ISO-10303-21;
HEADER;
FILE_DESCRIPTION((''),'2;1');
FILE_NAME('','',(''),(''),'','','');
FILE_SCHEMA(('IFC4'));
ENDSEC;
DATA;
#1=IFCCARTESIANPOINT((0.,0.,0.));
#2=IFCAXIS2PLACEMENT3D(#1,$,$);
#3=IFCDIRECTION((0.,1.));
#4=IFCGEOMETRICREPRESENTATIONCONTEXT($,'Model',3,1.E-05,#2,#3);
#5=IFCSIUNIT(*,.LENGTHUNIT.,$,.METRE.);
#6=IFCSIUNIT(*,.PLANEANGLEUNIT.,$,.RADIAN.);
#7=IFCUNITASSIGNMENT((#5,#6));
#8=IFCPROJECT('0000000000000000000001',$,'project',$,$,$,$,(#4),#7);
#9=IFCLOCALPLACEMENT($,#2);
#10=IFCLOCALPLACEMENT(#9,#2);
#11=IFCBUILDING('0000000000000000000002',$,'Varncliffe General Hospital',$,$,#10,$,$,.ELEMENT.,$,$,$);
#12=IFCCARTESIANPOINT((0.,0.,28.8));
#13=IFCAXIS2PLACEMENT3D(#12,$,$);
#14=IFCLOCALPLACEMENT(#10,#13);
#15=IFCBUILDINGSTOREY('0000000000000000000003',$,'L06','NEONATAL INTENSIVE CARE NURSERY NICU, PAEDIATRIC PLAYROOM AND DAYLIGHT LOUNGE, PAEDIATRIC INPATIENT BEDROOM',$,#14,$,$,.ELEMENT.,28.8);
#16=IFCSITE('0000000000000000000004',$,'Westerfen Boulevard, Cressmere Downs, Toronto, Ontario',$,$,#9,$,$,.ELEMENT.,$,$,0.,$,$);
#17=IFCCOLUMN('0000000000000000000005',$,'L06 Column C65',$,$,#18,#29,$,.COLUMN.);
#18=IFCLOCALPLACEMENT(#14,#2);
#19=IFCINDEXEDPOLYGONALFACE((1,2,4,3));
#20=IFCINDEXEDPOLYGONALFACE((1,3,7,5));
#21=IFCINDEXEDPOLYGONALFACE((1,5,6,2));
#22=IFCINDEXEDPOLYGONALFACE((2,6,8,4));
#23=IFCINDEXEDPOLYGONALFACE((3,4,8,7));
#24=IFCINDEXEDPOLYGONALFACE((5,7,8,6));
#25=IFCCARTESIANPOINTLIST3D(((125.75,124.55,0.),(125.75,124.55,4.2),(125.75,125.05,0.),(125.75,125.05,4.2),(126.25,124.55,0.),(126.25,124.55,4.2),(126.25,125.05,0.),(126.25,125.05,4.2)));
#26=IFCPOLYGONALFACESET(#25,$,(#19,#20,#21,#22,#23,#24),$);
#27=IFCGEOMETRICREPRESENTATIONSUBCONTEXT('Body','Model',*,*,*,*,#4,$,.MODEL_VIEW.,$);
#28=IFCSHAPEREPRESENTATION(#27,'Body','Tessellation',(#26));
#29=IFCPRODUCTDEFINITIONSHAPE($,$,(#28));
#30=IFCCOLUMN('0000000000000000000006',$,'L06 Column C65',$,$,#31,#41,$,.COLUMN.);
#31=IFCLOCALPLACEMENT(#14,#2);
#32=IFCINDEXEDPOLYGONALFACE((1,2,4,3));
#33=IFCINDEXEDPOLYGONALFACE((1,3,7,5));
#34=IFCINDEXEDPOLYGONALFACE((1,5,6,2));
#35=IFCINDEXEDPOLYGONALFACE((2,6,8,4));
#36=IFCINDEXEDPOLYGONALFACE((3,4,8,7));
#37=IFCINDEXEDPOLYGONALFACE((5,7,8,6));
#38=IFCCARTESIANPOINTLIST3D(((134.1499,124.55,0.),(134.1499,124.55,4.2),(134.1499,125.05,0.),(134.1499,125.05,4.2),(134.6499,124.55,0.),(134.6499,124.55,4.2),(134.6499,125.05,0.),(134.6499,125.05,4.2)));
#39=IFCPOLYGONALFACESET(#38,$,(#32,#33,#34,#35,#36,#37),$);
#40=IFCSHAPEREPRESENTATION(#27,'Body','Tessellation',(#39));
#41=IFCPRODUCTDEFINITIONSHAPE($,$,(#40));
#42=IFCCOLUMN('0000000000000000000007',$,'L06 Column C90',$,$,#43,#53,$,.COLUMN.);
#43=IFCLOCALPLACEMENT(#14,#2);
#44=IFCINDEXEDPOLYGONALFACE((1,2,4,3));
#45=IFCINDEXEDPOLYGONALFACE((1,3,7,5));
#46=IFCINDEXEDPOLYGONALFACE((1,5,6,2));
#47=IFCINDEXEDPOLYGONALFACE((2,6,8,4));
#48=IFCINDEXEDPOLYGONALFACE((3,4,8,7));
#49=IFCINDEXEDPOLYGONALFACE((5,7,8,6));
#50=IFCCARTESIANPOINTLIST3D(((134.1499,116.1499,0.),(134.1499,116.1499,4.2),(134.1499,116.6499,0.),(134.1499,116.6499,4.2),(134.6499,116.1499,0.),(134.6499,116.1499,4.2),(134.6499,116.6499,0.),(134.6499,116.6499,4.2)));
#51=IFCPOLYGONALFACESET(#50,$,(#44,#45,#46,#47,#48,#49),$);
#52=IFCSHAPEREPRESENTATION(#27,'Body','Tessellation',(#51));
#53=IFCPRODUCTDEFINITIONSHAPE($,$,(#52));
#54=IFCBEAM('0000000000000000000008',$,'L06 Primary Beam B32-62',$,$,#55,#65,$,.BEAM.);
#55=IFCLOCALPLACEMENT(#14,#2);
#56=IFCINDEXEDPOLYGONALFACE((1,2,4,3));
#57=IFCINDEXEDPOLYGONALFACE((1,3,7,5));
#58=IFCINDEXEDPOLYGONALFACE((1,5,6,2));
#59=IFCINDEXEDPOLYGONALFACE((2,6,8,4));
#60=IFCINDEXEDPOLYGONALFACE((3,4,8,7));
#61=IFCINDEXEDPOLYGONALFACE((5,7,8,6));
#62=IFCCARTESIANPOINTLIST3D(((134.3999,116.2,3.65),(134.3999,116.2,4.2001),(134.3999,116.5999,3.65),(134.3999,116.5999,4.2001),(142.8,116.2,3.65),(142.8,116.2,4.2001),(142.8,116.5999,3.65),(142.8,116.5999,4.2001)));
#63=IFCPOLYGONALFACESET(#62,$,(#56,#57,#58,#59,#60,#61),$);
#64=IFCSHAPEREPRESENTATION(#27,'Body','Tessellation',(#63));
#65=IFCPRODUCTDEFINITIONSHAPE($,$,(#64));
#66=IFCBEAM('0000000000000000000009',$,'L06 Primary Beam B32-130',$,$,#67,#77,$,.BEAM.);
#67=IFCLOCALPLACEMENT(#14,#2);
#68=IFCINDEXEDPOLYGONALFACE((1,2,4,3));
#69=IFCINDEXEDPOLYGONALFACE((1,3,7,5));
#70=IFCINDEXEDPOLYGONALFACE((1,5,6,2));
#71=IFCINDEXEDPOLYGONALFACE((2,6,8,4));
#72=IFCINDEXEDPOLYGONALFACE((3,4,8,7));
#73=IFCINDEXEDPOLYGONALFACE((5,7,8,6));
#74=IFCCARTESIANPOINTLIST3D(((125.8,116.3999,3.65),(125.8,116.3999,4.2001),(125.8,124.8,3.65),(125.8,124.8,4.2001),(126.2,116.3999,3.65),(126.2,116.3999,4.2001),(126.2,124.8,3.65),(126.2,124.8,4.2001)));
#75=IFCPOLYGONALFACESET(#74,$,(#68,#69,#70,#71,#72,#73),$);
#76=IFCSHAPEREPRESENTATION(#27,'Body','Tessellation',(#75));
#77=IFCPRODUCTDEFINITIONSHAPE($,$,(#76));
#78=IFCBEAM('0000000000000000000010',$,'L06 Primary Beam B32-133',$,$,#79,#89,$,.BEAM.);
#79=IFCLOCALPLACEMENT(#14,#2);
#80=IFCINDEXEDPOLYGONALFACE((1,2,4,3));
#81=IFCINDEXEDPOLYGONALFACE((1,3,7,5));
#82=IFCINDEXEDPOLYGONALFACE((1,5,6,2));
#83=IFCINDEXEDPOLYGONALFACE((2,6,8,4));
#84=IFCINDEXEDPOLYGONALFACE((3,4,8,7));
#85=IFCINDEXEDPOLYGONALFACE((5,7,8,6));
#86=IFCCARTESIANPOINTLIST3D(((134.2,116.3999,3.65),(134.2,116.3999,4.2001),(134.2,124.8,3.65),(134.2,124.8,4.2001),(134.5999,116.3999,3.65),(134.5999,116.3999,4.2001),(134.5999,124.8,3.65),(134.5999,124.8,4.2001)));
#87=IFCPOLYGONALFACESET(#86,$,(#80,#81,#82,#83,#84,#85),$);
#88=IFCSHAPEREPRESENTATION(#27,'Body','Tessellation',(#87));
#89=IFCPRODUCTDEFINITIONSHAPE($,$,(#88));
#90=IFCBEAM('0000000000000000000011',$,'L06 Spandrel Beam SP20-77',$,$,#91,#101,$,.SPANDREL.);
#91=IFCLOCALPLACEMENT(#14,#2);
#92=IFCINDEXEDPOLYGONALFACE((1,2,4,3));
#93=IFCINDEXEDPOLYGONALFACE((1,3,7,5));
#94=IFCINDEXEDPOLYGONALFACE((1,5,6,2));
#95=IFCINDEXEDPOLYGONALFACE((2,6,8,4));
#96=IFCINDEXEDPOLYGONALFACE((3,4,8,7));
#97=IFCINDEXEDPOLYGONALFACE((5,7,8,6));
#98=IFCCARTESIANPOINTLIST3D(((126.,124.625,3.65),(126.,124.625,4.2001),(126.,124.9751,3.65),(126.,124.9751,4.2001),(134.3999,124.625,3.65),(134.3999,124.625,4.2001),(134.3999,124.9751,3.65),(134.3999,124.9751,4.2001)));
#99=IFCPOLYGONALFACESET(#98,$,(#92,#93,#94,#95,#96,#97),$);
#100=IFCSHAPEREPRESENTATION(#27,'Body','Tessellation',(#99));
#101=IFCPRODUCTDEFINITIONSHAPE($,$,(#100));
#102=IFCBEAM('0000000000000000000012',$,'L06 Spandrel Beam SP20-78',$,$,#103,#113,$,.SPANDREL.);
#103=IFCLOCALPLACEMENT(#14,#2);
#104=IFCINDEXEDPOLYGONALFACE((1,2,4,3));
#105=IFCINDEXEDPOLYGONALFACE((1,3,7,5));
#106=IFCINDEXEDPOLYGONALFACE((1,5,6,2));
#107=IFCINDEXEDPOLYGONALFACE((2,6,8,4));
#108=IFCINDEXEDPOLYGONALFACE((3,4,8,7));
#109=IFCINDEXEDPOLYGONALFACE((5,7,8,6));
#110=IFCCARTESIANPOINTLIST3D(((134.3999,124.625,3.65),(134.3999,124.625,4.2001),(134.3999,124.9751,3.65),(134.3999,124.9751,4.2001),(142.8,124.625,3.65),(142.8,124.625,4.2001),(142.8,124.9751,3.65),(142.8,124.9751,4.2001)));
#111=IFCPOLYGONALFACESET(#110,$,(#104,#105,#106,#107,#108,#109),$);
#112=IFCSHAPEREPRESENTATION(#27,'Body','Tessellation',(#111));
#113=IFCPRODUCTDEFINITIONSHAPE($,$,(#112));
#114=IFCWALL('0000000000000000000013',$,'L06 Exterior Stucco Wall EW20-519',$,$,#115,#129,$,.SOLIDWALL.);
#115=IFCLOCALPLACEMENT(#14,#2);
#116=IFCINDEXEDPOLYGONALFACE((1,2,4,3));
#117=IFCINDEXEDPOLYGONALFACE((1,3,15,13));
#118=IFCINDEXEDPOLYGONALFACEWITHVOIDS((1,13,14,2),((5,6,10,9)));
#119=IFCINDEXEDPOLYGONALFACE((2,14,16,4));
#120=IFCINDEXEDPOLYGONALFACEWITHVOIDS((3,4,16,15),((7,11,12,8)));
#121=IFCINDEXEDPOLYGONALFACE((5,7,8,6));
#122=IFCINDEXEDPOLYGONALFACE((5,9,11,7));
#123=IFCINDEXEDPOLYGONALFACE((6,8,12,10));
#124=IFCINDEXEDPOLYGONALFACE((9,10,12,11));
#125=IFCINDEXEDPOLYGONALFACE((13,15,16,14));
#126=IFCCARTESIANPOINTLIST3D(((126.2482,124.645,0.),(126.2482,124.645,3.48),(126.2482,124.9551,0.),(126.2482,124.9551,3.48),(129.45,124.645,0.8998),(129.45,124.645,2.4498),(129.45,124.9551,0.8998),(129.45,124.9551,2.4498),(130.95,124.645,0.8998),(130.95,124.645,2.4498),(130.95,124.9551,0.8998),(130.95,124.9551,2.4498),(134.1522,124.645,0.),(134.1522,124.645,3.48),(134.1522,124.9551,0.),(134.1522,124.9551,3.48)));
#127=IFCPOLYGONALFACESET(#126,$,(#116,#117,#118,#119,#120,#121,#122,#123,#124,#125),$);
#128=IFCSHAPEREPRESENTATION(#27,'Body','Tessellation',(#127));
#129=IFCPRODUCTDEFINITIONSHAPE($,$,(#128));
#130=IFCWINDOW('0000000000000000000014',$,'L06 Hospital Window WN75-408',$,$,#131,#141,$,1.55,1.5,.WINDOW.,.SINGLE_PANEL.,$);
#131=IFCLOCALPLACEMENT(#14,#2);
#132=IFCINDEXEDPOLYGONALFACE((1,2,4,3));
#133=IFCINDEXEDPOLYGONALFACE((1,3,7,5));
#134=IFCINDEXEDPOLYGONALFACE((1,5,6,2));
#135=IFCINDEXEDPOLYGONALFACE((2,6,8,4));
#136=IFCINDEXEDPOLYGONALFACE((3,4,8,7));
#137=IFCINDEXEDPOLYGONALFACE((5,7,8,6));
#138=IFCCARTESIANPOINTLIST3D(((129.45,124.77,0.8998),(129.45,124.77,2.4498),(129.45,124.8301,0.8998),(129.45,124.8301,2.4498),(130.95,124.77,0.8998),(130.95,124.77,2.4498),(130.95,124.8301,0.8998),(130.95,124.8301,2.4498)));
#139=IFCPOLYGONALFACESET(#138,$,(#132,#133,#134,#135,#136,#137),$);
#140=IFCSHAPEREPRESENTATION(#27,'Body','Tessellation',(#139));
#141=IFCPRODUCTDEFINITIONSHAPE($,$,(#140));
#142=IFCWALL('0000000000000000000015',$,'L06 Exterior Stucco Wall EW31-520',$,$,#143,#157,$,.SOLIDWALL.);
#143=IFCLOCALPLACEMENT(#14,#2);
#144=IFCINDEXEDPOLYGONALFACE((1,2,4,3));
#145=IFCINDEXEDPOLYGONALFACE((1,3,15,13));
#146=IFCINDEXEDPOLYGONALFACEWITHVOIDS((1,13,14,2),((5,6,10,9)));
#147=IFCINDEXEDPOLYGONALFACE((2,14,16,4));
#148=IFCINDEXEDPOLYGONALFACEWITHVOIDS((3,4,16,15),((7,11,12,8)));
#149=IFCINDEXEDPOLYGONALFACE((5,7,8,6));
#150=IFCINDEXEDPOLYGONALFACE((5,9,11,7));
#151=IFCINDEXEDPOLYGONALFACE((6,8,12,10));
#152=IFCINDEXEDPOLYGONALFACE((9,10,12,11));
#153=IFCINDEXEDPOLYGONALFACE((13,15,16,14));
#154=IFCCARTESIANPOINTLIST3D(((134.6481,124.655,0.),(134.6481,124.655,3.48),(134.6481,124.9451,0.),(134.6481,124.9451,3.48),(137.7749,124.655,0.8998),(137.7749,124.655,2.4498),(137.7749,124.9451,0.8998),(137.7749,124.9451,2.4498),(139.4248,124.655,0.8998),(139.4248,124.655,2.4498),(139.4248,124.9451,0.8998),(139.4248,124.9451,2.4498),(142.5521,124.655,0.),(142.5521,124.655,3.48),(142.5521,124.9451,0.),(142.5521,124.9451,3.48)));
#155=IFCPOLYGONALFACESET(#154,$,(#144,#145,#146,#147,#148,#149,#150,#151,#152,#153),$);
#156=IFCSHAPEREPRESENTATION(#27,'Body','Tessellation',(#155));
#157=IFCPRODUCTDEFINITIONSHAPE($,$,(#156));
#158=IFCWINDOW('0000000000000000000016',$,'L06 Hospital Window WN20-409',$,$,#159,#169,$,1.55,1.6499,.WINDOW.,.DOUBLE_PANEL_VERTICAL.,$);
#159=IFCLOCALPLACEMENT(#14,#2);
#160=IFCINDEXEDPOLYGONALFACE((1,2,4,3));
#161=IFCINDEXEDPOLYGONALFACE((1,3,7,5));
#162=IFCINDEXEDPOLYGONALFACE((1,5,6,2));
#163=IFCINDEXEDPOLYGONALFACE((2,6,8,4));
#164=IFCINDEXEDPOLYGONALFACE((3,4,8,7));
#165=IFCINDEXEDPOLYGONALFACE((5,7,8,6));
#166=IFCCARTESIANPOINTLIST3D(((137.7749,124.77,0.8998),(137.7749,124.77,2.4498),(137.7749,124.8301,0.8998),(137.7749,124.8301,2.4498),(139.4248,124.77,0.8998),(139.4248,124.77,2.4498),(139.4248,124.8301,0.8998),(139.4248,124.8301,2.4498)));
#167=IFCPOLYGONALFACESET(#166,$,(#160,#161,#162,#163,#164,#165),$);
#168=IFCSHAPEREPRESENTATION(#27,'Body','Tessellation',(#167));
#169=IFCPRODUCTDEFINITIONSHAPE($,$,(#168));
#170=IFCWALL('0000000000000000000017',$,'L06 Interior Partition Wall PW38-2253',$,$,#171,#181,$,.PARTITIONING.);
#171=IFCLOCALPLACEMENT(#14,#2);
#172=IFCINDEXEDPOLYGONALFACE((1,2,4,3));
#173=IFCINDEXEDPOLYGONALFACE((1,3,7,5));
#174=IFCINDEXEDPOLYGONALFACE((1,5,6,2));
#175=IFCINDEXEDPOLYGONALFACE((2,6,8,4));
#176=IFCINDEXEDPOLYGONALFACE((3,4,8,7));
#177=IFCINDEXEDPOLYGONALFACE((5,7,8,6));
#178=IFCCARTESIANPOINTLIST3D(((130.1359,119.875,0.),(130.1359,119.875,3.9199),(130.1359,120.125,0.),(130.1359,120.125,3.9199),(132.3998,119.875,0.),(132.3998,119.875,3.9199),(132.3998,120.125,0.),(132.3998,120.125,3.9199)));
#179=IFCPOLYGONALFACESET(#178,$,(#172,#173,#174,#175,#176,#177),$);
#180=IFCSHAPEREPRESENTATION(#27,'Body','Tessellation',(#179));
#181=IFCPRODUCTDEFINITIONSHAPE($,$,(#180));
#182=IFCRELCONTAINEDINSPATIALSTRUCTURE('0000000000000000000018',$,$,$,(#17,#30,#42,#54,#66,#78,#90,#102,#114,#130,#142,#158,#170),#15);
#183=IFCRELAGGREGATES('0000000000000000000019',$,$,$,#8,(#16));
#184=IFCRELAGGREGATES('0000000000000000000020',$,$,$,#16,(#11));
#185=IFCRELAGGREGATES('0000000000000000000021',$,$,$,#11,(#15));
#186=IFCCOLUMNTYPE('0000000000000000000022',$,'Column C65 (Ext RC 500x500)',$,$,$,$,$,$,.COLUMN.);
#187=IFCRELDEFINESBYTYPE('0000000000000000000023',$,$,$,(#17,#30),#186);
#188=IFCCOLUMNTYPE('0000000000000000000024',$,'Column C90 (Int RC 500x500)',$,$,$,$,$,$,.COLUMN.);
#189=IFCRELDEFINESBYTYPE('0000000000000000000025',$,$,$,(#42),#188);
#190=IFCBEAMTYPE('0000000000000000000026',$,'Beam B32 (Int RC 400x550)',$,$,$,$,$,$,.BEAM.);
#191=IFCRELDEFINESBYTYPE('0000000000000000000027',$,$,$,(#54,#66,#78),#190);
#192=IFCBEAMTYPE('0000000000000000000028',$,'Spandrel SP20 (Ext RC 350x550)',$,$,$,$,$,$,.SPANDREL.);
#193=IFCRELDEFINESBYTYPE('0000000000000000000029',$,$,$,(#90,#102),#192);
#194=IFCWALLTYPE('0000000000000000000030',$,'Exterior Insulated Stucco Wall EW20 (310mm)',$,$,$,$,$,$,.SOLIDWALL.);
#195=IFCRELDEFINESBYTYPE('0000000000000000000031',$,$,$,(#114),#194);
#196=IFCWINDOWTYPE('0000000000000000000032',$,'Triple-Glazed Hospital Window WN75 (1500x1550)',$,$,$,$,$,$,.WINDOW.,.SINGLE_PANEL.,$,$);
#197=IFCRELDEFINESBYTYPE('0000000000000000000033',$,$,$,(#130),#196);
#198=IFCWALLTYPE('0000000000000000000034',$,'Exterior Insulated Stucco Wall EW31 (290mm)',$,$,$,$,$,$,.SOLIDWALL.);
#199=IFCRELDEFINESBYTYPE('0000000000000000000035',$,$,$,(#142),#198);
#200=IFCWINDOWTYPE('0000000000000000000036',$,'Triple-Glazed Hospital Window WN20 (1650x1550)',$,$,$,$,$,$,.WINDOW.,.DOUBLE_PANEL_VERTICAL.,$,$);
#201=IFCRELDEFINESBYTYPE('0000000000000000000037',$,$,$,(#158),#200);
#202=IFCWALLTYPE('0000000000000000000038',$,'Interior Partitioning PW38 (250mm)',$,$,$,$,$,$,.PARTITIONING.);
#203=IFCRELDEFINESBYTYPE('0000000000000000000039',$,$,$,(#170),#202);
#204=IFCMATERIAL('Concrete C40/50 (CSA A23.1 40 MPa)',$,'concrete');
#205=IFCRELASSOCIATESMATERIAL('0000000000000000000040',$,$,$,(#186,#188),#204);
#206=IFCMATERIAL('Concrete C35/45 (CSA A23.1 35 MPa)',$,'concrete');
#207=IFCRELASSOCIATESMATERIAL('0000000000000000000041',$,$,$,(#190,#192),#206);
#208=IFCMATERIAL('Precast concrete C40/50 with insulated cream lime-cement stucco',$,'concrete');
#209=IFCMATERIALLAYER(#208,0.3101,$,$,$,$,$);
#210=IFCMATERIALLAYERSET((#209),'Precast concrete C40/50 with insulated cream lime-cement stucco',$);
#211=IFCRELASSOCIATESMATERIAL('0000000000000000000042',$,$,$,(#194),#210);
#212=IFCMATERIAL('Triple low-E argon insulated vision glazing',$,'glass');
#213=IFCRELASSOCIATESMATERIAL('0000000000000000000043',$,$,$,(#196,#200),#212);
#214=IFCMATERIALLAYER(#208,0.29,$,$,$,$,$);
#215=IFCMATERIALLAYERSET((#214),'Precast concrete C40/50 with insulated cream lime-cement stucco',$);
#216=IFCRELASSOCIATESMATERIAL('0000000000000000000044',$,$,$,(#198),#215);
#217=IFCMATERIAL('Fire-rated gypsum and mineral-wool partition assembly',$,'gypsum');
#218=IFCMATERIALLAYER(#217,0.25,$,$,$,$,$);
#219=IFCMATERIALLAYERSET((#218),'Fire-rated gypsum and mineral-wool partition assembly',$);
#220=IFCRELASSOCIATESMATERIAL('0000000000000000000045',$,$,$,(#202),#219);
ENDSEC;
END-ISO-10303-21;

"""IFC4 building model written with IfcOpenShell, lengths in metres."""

from ifc_helpers import new_model, si_unit, direction, frame, frame_2d, origin, origin_2d, place, context, subcontext, project, spatial, rectangle, extrude, material, layer, layer_set, material_profile, profile_set, type_object, element, fill, save


model = new_model("IFC4")

# Units and contexts
model_context = context("Model", 3, precision=1e-05, world=origin(), true_north=direction((0.0, 1.0)))
body_context = subcontext(model_context, "Body", "Model", "MODEL_VIEW")
ifc_project = project(units=[si_unit("LENGTHUNIT", "METRE"), si_unit("PLANEANGLEUNIT", "RADIAN")], contexts=[model_context])

# Site, building, storey
site_placement = place(None, origin())
site = spatial("IfcSite", under=ifc_project, at=site_placement, Name="Westerfen Boulevard, Cressmere Downs, Toronto, Ontario", CompositionType="ELEMENT", RefElevation=0.0)
building_placement = place(site_placement, origin())
building = spatial("IfcBuilding", under=site, at=building_placement, Name="Varncliffe General Hospital", CompositionType="ELEMENT")
storey_placement = place(building_placement, frame((0.0, 0.0, 28.8)))
storey = spatial("IfcBuildingStorey", under=building, at=storey_placement, Name="L06", Description="NEONATAL INTENSIVE CARE NURSERY NICU, PAEDIATRIC PLAYROOM AND DAYLIGHT LOUNGE, PAEDIATRIC INPATIENT BEDROOM", CompositionType="ELEMENT", Elevation=28.8)

# Columns
ifc_material_1 = material(Name="Concrete C40/50 (CSA A23.1 40 MPa)", Category="concrete")
ifc_material_profile_1 = material_profile(ifc_material_1, rectangle(XDim=0.5, YDim=0.5, at=origin_2d()), Name="RC 500x500")
ifc_profile_set_1 = profile_set([ifc_material_profile_1], Name="Concrete C40/50 (CSA A23.1 40 MPa)")
column_type_1 = type_object("IfcColumnType", Name="Column C65 (Ext RC 500x500)", PredefinedType="COLUMN", material=ifc_profile_set_1)
for number, where, z_axis, x_axis, name in (
    (1, (126.0, 124.8, 0.0), (0.0, 0.0, 1.0), (1.0, 0.0, 0.0), "L06 Column C65"),
    (2, (134.3999, 124.8, 0.0), (0.0, 0.0, 1.0), (1.0, 0.0, 0.0), "L06 Column C65"),
):
    element("IfcColumn", number, at=place(storey_placement, frame(where, z_axis=z_axis, x_axis=x_axis)), inside=storey, type_object=column_type_1, Name=name, PredefinedType="COLUMN", context=body_context, shape_type="SweptSolid", body=[
        extrude(rectangle(XDim=0.5, YDim=0.5, at=origin_2d()), origin(), (0.0, 0.0, 1.0), 4.2),
    ])
ifc_material_profile_2 = material_profile(ifc_material_1, rectangle(XDim=0.5, YDim=0.5, at=origin_2d()), Name="RC 500x500")
ifc_profile_set_2 = profile_set([ifc_material_profile_2], Name="Concrete C40/50 (CSA A23.1 40 MPa)")
column_type_2 = type_object("IfcColumnType", Name="Column C90 (Int RC 500x500)", PredefinedType="COLUMN", material=ifc_profile_set_2)
column_placement = place(storey_placement, frame((134.3999, 116.3999, 0.0), z_axis=(0.0, 0.0, 1.0), x_axis=(1.0, 0.0, 0.0)))
element("IfcColumn", 3, at=column_placement, inside=storey, type_object=column_type_2, Name="L06 Column C90", PredefinedType="COLUMN", context=body_context, shape_type="SweptSolid", body=[
    extrude(rectangle(XDim=0.5, YDim=0.5, at=origin_2d()), origin(), (0.0, 0.0, 1.0), 4.2),
])

# Beams
ifc_material_2 = material(Name="Concrete C35/45 (CSA A23.1 35 MPa)", Category="concrete")
ifc_material_profile_3 = material_profile(ifc_material_2, rectangle(XDim=0.3999, YDim=0.55, at=origin_2d()), Name="RC 400x550")
ifc_profile_set_3 = profile_set([ifc_material_profile_3], Name="Concrete C35/45 (CSA A23.1 35 MPa)")
beam_type_1 = type_object("IfcBeamType", Name="Beam B32 (Int RC 400x550)", PredefinedType="BEAM", material=ifc_profile_set_3)
for number, where, z_axis, x_axis, name in (
    (4, (134.3999, 116.3999, 3.925), (1.0, 0.0, 0.0), (0.0, 1.0, 0.0), "L06 Primary Beam B32-62"),
    (5, (126.0, 116.3999, 3.925), (0.0, 1.0, 0.0), (-1.0, 0.0, 0.0), "L06 Primary Beam B32-130"),
    (6, (134.3999, 116.3999, 3.925), (0.0, 1.0, 0.0), (-1.0, 0.0, 0.0), "L06 Primary Beam B32-133"),
):
    element("IfcBeam", number, at=place(storey_placement, frame(where, z_axis=z_axis, x_axis=x_axis)), inside=storey, type_object=beam_type_1, Name=name, PredefinedType="BEAM", context=body_context, shape_type="SweptSolid", body=[
        extrude(rectangle(XDim=0.3999, YDim=0.55, at=origin_2d()), origin(), (0.0, 0.0, 1.0), 8.4001),
    ])
ifc_material_profile_4 = material_profile(ifc_material_2, rectangle(XDim=0.3501, YDim=0.55, at=origin_2d()), Name="RC 350x550")
ifc_profile_set_4 = profile_set([ifc_material_profile_4], Name="Concrete C35/45 (CSA A23.1 35 MPa)")
beam_type_2 = type_object("IfcBeamType", Name="Spandrel SP20 (Ext RC 350x550)", PredefinedType="SPANDREL", material=ifc_profile_set_4)
beam_1_placement = place(storey_placement, frame((126.0, 124.8, 3.925), z_axis=(1.0, 0.0, 0.0), x_axis=(0.0, 1.0, 0.0)))
element("IfcBeam", 7, at=beam_1_placement, inside=storey, type_object=beam_type_2, Name="L06 Spandrel Beam SP20-77", PredefinedType="SPANDREL", context=body_context, shape_type="SweptSolid", body=[
    extrude(rectangle(XDim=0.3501, YDim=0.55, at=origin_2d()), origin(), (0.0, 0.0, 1.0), 8.3999),
])
beam_2_placement = place(storey_placement, frame((134.3999, 124.8, 3.925), z_axis=(1.0, 0.0, 0.0), x_axis=(0.0, 1.0, 0.0)))
element("IfcBeam", 8, at=beam_2_placement, inside=storey, type_object=beam_type_2, Name="L06 Spandrel Beam SP20-78", PredefinedType="SPANDREL", context=body_context, shape_type="SweptSolid", body=[
    extrude(rectangle(XDim=0.3501, YDim=0.55, at=origin_2d()), origin(), (0.0, 0.0, 1.0), 8.4001),
])

# Walls, openings, windows
ifc_material_3 = material(Name="Precast concrete C40/50 with insulated cream lime-cement stucco", Category="concrete")
ifc_layer_1 = layer(ifc_material_3, 0.3101)
ifc_layer_set_1 = layer_set([ifc_layer_1], Name="Precast concrete C40/50 with insulated cream lime-cement stucco")
wall_type_1 = type_object("IfcWallType", Name="Exterior Insulated Stucco Wall EW20 (310mm)", PredefinedType="SOLIDWALL", material=ifc_layer_set_1)
wall_1_placement = place(storey_placement, frame((126.248, 124.8, 0.0), z_axis=(0.0, 0.0, 1.0), x_axis=(1.0, 0.0, 0.0)))
wall_1 = element("IfcWall", 9, at=wall_1_placement, inside=storey, type_object=wall_type_1, Name="L06 Exterior Stucco Wall EW20-519", PredefinedType="SOLIDWALL", context=body_context, shape_type="SweptSolid", body=[
    extrude(rectangle(XDim=7.9041, YDim=0.3101, at=frame_2d((3.9521, 0.0))), origin(), (0.0, 0.0, 1.0), 3.48),
])
opening_1_placement = place(wall_1_placement, frame((3.2019, 0.0, 0.8999)))
opening_1 = element("IfcOpeningElement", 10, at=opening_1_placement, cuts=wall_1, PredefinedType="OPENING", context=body_context, shape_type="SweptSolid", body=[
    extrude(rectangle(XDim=1.5, YDim=1.55, at=frame_2d((0.75, 0.7749))), frame((0.0, 0.165, 0.0), z_axis=(0.0, -1.0, 0.0), x_axis=(1.0, 0.0, 0.0)), (0.0, 0.0, 1.0), 0.3301),
])
ifc_material_4 = material(Name="Triple low-E argon insulated vision glazing", Category="glass")
window_type_1 = type_object("IfcWindowType", Name="Triple-Glazed Hospital Window WN75 (1500x1550)", PartitioningType="SINGLE_PANEL", PredefinedType="WINDOW", material=ifc_material_4)
window_1_placement = place(opening_1_placement, origin())
window_1 = element("IfcWindow", 11, at=window_1_placement, inside=storey, type_object=window_type_1, Name="L06 Hospital Window WN75-408", OverallHeight=1.55, OverallWidth=1.5, PartitioningType="SINGLE_PANEL", PredefinedType="WINDOW", context=body_context, shape_type="SweptSolid", body=[
    extrude(rectangle(XDim=1.5, YDim=1.55, at=frame_2d((0.75, 0.7749))), frame((0.0, 0.03, 0.0), z_axis=(0.0, -1.0, 0.0), x_axis=(1.0, 0.0, 0.0)), (0.0, 0.0, 1.0), 0.0601),
])
fill(opening_1, window_1)
ifc_layer_2 = layer(ifc_material_3, 0.29)
ifc_layer_set_2 = layer_set([ifc_layer_2], Name="Precast concrete C40/50 with insulated cream lime-cement stucco")
wall_type_2 = type_object("IfcWallType", Name="Exterior Insulated Stucco Wall EW31 (290mm)", PredefinedType="SOLIDWALL", material=ifc_layer_set_2)
wall_2_placement = place(storey_placement, frame((134.6479, 124.8, 0.0), z_axis=(0.0, 0.0, 1.0), x_axis=(1.0, 0.0, 0.0)))
wall_2 = element("IfcWall", 12, at=wall_2_placement, inside=storey, type_object=wall_type_2, Name="L06 Exterior Stucco Wall EW31-520", PredefinedType="SOLIDWALL", context=body_context, shape_type="SweptSolid", body=[
    extrude(rectangle(XDim=7.9041, YDim=0.29, at=frame_2d((3.9521, 0.0))), origin(), (0.0, 0.0, 1.0), 3.48),
])
opening_2_placement = place(wall_2_placement, frame((3.127, 0.0, 0.8999)))
opening_2 = element("IfcOpeningElement", 13, at=opening_2_placement, cuts=wall_2, PredefinedType="OPENING", context=body_context, shape_type="SweptSolid", body=[
    extrude(rectangle(XDim=1.6499, YDim=1.55, at=frame_2d((0.825, 0.7749))), frame((0.0, 0.155, 0.0), z_axis=(0.0, -1.0, 0.0), x_axis=(1.0, 0.0, 0.0)), (0.0, 0.0, 1.0), 0.3101),
])
window_type_2 = type_object("IfcWindowType", Name="Triple-Glazed Hospital Window WN20 (1650x1550)", PartitioningType="DOUBLE_PANEL_VERTICAL", PredefinedType="WINDOW", material=ifc_material_4)
window_2_placement = place(opening_2_placement, origin())
window_2 = element("IfcWindow", 14, at=window_2_placement, inside=storey, type_object=window_type_2, Name="L06 Hospital Window WN20-409", OverallHeight=1.55, OverallWidth=1.6499, PartitioningType="DOUBLE_PANEL_VERTICAL", PredefinedType="WINDOW", context=body_context, shape_type="SweptSolid", body=[
    extrude(rectangle(XDim=1.6499, YDim=1.55, at=frame_2d((0.825, 0.7749))), frame((0.0, 0.03, 0.0), z_axis=(0.0, -1.0, 0.0), x_axis=(1.0, 0.0, 0.0)), (0.0, 0.0, 1.0), 0.0601),
])
fill(opening_2, window_2)

# Wall
ifc_material_5 = material(Name="Fire-rated gypsum and mineral-wool partition assembly", Category="gypsum")
ifc_layer_3 = layer(ifc_material_5, 0.25)
ifc_layer_set_3 = layer_set([ifc_layer_3], Name="Fire-rated gypsum and mineral-wool partition assembly")
wall_type_3 = type_object("IfcWallType", Name="Interior Partitioning PW38 (250mm)", PredefinedType="PARTITIONING", material=ifc_layer_set_3)
wall_3_placement = place(storey_placement, frame((130.136, 120.0, 0.0), z_axis=(0.0, 0.0, 1.0), x_axis=(1.0, 0.0, 0.0)))
element("IfcWall", 15, at=wall_3_placement, inside=storey, type_object=wall_type_3, Name="L06 Interior Partition Wall PW38-2253", PredefinedType="PARTITIONING", context=body_context, shape_type="SweptSolid", body=[
    extrude(rectangle(XDim=2.2639, YDim=0.25, at=frame_2d((1.1318, 0.0))), origin(), (0.0, 0.0, 1.0), 3.9199),
])

save(model, "model.ifc")
